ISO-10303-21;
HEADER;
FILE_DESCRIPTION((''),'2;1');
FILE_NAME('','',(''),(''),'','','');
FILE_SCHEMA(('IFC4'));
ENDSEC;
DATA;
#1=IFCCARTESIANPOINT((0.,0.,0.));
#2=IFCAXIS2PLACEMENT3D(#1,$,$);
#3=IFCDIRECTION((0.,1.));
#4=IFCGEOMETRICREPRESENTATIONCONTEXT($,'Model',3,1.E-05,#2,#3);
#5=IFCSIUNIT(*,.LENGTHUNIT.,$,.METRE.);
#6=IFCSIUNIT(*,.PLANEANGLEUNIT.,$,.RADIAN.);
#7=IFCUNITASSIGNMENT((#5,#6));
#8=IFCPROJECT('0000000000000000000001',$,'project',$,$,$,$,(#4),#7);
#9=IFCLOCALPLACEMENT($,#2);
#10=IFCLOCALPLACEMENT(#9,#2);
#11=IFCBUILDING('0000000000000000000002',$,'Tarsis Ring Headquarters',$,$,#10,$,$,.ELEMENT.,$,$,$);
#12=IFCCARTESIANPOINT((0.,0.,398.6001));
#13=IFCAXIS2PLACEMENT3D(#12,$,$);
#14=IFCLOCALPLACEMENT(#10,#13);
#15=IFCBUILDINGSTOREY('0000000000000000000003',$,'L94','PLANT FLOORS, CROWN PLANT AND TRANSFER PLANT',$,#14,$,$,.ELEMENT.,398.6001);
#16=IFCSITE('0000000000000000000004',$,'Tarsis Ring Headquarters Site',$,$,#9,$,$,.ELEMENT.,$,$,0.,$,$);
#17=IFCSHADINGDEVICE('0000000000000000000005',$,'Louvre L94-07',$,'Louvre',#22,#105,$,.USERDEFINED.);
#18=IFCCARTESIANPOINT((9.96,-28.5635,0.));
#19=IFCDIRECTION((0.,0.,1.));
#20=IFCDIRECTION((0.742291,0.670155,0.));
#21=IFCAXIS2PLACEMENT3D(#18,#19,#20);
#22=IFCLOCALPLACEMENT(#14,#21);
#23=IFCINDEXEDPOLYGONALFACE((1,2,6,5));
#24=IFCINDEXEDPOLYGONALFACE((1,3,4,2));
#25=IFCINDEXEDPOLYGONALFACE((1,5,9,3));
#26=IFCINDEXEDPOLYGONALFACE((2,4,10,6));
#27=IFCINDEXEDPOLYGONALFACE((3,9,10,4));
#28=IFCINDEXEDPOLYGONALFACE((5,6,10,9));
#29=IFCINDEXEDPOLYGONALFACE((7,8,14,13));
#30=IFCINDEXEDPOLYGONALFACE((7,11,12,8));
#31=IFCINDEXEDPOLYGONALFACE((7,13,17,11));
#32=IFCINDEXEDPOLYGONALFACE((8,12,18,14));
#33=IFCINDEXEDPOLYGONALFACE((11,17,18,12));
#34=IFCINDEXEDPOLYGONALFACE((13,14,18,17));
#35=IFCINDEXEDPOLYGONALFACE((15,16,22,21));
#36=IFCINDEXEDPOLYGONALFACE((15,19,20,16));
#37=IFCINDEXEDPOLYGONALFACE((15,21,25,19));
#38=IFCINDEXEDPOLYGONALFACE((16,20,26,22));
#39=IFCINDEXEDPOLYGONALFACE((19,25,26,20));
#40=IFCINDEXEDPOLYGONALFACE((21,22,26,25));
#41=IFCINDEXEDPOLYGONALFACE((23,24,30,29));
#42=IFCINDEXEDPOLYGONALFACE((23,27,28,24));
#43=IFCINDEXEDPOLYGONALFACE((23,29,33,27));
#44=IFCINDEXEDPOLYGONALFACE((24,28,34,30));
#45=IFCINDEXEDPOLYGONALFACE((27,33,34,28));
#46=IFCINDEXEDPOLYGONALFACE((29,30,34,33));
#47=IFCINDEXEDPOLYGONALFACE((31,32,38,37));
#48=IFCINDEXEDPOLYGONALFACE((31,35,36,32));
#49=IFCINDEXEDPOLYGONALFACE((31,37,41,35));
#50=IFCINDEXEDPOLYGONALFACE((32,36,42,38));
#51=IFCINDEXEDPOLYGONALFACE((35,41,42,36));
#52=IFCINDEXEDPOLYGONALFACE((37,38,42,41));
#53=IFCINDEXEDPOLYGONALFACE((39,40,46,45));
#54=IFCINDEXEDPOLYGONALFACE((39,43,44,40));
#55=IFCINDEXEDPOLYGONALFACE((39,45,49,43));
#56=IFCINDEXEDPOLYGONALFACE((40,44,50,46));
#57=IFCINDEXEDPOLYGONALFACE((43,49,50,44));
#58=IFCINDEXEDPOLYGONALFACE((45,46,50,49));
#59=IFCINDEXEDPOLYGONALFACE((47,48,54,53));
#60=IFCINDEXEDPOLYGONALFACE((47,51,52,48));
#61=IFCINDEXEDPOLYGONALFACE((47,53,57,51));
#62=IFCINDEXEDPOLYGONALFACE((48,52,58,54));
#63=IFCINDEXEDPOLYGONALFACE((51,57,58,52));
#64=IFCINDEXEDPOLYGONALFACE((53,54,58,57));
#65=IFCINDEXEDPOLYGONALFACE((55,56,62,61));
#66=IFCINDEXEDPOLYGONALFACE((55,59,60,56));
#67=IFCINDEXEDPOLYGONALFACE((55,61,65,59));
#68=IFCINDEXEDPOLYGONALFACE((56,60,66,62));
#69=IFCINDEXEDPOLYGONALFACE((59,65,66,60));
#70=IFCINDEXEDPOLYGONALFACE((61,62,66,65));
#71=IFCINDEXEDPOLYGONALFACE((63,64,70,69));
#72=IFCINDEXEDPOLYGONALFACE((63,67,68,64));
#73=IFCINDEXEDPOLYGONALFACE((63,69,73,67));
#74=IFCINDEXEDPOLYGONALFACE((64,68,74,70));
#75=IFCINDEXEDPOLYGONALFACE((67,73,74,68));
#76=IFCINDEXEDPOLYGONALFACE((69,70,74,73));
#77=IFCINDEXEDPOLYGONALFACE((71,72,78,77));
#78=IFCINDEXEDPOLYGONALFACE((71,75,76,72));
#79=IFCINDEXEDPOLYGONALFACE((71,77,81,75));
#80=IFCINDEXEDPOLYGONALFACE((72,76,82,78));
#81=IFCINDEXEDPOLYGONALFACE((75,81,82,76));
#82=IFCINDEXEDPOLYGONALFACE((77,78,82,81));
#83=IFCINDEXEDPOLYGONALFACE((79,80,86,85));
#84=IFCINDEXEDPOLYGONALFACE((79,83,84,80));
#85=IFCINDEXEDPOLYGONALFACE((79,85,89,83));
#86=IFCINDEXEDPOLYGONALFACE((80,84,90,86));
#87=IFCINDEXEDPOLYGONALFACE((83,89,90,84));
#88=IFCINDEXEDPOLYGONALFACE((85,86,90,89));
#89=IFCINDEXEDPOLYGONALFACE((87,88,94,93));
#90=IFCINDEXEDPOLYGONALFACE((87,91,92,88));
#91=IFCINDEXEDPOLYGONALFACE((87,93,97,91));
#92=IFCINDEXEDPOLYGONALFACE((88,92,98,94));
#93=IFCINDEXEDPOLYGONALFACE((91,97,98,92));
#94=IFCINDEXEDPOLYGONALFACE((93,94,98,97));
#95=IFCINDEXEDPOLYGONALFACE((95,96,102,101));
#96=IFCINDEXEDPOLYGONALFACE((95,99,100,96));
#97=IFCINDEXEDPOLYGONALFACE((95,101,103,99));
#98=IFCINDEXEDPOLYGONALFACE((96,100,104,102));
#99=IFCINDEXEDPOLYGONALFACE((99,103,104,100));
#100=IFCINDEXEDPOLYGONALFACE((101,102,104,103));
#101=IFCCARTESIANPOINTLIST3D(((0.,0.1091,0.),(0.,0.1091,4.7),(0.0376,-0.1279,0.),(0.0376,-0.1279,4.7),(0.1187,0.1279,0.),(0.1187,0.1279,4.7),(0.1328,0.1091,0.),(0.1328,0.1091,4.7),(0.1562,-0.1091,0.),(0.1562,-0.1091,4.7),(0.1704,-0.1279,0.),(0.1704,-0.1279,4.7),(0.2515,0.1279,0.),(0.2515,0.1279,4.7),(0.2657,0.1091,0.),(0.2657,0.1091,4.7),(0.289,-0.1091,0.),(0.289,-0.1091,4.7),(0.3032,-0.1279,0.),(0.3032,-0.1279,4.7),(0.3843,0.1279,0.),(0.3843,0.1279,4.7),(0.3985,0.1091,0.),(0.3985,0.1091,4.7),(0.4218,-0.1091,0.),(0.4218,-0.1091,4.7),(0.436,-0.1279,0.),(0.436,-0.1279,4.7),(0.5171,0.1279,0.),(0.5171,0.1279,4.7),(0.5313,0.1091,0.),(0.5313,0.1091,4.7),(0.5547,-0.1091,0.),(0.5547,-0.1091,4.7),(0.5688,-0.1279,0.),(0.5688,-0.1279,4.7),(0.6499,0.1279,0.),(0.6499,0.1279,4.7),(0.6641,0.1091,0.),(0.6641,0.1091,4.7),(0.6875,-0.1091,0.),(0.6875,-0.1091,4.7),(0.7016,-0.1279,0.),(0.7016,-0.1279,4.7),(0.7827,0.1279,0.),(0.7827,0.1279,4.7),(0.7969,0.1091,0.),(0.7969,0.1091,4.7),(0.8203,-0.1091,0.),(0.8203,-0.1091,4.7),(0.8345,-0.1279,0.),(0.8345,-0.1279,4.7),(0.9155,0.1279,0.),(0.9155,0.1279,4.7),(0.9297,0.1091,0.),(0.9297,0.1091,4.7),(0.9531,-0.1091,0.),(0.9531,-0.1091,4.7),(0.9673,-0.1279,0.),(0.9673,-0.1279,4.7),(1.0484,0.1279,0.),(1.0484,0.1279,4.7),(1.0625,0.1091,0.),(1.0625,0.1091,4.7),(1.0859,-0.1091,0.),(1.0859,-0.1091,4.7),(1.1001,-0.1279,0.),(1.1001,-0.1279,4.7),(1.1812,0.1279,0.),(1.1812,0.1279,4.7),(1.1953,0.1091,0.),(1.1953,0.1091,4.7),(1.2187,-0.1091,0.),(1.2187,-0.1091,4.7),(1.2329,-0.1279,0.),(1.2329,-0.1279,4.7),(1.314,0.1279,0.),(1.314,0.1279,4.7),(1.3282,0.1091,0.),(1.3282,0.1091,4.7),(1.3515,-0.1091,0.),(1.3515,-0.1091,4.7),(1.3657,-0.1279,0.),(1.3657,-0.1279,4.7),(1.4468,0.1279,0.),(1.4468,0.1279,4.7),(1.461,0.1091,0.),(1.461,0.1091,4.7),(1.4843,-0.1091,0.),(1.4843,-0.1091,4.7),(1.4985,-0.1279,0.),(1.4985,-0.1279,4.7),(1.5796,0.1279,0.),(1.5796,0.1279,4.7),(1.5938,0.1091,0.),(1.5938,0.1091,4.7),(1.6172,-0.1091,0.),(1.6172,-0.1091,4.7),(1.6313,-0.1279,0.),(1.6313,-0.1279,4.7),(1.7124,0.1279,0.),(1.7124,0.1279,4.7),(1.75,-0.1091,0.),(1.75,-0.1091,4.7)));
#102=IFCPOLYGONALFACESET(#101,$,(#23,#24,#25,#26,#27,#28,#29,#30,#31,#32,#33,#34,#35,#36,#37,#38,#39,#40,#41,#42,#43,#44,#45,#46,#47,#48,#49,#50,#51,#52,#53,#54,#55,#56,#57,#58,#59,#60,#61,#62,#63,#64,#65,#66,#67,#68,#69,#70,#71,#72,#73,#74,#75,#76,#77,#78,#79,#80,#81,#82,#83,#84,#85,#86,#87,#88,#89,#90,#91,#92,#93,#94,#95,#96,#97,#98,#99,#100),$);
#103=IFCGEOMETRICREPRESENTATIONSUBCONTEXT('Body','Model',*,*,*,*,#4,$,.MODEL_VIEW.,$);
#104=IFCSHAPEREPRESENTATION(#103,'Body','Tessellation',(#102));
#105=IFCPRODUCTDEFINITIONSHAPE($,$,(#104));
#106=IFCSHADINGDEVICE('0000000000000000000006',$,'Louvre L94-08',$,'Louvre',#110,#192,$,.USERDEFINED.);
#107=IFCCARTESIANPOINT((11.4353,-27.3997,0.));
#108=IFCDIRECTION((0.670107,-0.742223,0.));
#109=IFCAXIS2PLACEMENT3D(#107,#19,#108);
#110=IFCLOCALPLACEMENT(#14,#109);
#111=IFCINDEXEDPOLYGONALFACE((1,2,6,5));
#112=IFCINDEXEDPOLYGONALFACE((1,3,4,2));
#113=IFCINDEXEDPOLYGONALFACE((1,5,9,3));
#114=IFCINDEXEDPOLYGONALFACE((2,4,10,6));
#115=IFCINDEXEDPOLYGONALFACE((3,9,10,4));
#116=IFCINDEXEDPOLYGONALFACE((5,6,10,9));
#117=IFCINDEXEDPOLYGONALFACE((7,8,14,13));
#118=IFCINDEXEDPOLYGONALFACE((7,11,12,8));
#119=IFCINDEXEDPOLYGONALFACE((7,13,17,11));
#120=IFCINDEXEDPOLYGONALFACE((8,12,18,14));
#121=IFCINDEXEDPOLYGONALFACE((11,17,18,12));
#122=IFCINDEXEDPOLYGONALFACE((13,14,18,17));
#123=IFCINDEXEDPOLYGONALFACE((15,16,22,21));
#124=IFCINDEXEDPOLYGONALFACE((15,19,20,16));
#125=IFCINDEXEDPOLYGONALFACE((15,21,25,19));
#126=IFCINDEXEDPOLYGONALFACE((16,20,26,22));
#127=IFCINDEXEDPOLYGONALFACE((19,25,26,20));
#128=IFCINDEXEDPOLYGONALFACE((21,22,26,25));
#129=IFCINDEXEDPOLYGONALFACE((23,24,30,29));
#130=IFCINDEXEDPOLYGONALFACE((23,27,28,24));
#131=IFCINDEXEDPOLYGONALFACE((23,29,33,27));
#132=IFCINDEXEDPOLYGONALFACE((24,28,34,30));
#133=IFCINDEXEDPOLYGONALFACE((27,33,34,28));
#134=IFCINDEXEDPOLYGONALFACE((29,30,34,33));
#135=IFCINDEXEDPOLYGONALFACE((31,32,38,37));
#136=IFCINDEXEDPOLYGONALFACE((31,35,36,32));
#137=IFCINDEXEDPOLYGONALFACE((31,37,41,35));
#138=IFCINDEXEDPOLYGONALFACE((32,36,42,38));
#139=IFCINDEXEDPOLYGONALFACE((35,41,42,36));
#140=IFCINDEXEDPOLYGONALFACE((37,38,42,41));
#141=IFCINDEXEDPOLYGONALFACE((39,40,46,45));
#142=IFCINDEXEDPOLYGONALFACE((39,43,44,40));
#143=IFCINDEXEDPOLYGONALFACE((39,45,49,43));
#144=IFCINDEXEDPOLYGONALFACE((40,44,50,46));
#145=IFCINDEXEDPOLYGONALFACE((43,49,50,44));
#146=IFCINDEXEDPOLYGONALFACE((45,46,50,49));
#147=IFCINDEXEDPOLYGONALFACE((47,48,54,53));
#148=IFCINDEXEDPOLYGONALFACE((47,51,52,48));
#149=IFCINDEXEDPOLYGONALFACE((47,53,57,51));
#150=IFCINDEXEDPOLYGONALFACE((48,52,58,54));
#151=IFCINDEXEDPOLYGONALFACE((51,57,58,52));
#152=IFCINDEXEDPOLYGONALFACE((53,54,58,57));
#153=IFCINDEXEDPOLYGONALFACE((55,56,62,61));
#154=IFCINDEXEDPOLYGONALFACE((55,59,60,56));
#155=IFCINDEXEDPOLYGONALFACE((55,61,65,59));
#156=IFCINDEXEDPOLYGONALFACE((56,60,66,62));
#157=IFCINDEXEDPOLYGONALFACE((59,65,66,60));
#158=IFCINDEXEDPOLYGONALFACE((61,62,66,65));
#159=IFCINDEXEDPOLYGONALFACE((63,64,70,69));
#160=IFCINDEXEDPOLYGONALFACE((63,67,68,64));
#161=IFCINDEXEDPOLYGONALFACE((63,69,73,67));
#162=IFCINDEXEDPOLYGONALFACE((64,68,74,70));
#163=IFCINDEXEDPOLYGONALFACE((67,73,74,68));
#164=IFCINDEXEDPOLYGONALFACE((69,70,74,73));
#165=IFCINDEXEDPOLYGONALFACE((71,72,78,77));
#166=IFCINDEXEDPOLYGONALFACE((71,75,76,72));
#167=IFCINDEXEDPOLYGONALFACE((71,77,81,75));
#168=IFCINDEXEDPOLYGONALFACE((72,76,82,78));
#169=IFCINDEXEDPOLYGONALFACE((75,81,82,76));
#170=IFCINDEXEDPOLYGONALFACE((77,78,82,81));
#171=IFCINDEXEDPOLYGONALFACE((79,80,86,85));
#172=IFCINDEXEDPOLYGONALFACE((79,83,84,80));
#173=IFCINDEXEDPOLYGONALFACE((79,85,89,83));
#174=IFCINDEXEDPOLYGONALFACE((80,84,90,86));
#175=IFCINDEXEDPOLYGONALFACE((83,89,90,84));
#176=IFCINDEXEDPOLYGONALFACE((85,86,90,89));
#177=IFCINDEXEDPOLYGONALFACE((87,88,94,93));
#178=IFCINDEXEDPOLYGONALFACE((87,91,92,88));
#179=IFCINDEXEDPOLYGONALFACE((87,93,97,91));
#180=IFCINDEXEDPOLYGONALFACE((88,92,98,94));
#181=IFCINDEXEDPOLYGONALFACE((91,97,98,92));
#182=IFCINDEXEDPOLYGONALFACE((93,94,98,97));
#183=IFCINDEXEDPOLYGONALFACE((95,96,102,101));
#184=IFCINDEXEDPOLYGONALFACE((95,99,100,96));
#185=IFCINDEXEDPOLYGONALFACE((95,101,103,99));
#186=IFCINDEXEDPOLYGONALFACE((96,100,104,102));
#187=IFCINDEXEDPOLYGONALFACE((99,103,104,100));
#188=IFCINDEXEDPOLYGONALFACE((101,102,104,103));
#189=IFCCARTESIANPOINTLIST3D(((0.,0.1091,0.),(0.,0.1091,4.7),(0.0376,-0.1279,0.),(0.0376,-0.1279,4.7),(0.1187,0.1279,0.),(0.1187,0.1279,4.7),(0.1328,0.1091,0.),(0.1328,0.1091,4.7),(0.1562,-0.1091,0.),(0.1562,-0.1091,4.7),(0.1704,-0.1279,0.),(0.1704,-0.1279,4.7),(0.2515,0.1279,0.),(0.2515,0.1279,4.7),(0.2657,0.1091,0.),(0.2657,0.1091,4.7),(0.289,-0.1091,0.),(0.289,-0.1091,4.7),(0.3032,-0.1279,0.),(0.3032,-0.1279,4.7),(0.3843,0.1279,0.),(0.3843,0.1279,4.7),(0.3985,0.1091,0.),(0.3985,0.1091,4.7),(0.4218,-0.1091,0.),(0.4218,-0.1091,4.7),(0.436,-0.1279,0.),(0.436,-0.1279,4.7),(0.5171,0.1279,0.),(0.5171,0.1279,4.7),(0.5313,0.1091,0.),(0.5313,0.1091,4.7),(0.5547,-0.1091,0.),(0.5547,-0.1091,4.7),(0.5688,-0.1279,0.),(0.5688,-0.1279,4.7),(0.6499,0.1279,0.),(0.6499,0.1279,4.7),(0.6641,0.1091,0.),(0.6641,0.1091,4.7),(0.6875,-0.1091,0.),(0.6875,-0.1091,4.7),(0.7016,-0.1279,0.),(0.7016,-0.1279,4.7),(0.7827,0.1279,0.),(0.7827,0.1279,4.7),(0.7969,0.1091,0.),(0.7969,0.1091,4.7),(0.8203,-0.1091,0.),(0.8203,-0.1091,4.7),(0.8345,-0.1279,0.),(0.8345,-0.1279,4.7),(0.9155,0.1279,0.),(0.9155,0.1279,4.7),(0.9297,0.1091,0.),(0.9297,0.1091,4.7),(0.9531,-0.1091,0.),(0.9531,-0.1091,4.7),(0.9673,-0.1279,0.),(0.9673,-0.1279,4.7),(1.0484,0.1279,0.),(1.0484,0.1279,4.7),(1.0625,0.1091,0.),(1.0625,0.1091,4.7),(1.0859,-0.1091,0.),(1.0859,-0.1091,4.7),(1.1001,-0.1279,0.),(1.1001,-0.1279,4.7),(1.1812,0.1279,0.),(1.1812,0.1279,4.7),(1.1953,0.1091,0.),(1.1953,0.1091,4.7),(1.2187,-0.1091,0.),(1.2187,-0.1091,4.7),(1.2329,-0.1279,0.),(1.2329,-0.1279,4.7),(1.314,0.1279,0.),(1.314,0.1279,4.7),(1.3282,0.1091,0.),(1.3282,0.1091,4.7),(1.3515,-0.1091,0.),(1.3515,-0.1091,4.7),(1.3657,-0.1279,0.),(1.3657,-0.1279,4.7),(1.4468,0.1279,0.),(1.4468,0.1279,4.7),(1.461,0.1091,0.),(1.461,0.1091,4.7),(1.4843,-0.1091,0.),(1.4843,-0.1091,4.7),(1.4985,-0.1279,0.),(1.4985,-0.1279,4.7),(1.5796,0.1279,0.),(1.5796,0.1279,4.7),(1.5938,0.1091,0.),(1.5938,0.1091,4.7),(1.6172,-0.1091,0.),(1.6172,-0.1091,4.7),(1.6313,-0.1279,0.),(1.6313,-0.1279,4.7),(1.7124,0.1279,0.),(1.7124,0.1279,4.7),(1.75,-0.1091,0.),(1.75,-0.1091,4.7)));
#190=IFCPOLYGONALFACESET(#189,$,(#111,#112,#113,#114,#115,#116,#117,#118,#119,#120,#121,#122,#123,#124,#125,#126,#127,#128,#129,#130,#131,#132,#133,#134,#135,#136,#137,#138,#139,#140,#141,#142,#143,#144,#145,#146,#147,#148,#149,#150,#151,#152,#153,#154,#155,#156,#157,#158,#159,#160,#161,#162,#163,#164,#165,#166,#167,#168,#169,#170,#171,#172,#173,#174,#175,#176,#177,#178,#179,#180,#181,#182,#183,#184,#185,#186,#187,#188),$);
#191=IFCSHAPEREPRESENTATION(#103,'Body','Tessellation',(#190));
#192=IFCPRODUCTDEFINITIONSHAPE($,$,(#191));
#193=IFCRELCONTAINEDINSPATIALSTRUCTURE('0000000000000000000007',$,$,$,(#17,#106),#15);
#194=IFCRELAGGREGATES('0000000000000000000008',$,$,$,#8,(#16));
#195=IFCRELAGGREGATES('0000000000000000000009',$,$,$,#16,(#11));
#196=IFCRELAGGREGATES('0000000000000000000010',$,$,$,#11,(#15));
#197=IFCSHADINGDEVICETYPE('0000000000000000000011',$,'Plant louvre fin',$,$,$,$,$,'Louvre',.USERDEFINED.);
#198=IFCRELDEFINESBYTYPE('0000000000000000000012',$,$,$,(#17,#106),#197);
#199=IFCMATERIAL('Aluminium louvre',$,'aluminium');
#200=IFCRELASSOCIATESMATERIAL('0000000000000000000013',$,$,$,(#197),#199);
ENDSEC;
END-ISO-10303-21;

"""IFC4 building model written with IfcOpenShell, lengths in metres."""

from ifc_helpers import new_model, si_unit, direction, frame, frame_2d, origin, place, context, subcontext, project, spatial, rectangle, composite_profile, extrude, material, type_object, element, save


model = new_model("IFC4")

# Units and contexts
model_context = context("Model", 3, precision=1e-05, world=origin(), true_north=direction((0.0, 1.0)))
body_context = subcontext(model_context, "Body", "Model", "MODEL_VIEW")
ifc_project = project(units=[si_unit("LENGTHUNIT", "METRE"), si_unit("PLANEANGLEUNIT", "RADIAN")], contexts=[model_context])

# Site, building, storey
site_placement = place(None, origin())
site = spatial("IfcSite", under=ifc_project, at=site_placement, Name="Tarsis Ring Headquarters Site", CompositionType="ELEMENT", RefElevation=0.0)
building_placement = place(site_placement, origin())
building = spatial("IfcBuilding", under=site, at=building_placement, Name="Tarsis Ring Headquarters", CompositionType="ELEMENT")
storey_placement = place(building_placement, frame((0.0, 0.0, 398.6001)))
storey = spatial("IfcBuildingStorey", under=building, at=storey_placement, Name="L94", Description="PLANT FLOORS, CROWN PLANT AND TRANSFER PLANT", CompositionType="ELEMENT", Elevation=398.6001)

# Shading devices
ifc_material_1 = material(Name="Aluminium louvre", Category="aluminium")
shading_device_type_1 = type_object("IfcShadingDeviceType", Name="Plant louvre fin", ElementType="Louvre", PredefinedType="USERDEFINED", material=ifc_material_1)
for number, where, z_axis, x_axis, name in (
    (1, (9.96, -28.5635, 0.0), (0.0, 0.0, 1.0), (0.742291, 0.670155, 0.0), "Louvre L94-07"),
    (2, (11.4353, -27.3997, 0.0), (0.0, 0.0, 1.0), (0.670107, -0.742223, 0.0), "Louvre L94-08"),
):
    element("IfcShadingDevice", number, at=place(storey_placement, frame(where, z_axis=z_axis, x_axis=x_axis)), inside=storey, type_object=shading_device_type_1, Name=name, ObjectType="Louvre", PredefinedType="USERDEFINED", context=body_context, shape_type="SweptSolid", body=[
        extrude(composite_profile([rectangle(XDim=0.1201, YDim=0.24, at=frame_2d((0.0781, 0.0), x_axis=(0.987688, 0.156434))), rectangle(XDim=0.1201, YDim=0.24, at=frame_2d((0.2109, 0.0), x_axis=(0.987688, 0.156434))), rectangle(XDim=0.1201, YDim=0.24, at=frame_2d((0.3438, 0.0), x_axis=(0.987688, 0.156434))), rectangle(XDim=0.1201, YDim=0.24, at=frame_2d((0.4766, 0.0), x_axis=(0.987688, 0.156434))), rectangle(XDim=0.1201, YDim=0.24, at=frame_2d((0.6094, 0.0), x_axis=(0.987688, 0.156434))), rectangle(XDim=0.1201, YDim=0.24, at=frame_2d((0.7422, 0.0), x_axis=(0.987688, 0.156434))), rectangle(XDim=0.1201, YDim=0.24, at=frame_2d((0.875, 0.0), x_axis=(0.987688, 0.156434))), rectangle(XDim=0.1201, YDim=0.24, at=frame_2d((1.0078, 0.0), x_axis=(0.987688, 0.156434))), rectangle(XDim=0.1201, YDim=0.24, at=frame_2d((1.1406, 0.0), x_axis=(0.987688, 0.156434))), rectangle(XDim=0.1201, YDim=0.24, at=frame_2d((1.2734, 0.0), x_axis=(0.987688, 0.156434))), rectangle(XDim=0.1201, YDim=0.24, at=frame_2d((1.4062, 0.0), x_axis=(0.987688, 0.156434))), rectangle(XDim=0.1201, YDim=0.24, at=frame_2d((1.5391, 0.0), x_axis=(0.987688, 0.156434))), rectangle(XDim=0.1201, YDim=0.24, at=frame_2d((1.6719, 0.0), x_axis=(0.987688, 0.156434)))]), origin(), (0.0, 0.0, 1.0), 4.7),
    ])

save(model, "model.ifc")
